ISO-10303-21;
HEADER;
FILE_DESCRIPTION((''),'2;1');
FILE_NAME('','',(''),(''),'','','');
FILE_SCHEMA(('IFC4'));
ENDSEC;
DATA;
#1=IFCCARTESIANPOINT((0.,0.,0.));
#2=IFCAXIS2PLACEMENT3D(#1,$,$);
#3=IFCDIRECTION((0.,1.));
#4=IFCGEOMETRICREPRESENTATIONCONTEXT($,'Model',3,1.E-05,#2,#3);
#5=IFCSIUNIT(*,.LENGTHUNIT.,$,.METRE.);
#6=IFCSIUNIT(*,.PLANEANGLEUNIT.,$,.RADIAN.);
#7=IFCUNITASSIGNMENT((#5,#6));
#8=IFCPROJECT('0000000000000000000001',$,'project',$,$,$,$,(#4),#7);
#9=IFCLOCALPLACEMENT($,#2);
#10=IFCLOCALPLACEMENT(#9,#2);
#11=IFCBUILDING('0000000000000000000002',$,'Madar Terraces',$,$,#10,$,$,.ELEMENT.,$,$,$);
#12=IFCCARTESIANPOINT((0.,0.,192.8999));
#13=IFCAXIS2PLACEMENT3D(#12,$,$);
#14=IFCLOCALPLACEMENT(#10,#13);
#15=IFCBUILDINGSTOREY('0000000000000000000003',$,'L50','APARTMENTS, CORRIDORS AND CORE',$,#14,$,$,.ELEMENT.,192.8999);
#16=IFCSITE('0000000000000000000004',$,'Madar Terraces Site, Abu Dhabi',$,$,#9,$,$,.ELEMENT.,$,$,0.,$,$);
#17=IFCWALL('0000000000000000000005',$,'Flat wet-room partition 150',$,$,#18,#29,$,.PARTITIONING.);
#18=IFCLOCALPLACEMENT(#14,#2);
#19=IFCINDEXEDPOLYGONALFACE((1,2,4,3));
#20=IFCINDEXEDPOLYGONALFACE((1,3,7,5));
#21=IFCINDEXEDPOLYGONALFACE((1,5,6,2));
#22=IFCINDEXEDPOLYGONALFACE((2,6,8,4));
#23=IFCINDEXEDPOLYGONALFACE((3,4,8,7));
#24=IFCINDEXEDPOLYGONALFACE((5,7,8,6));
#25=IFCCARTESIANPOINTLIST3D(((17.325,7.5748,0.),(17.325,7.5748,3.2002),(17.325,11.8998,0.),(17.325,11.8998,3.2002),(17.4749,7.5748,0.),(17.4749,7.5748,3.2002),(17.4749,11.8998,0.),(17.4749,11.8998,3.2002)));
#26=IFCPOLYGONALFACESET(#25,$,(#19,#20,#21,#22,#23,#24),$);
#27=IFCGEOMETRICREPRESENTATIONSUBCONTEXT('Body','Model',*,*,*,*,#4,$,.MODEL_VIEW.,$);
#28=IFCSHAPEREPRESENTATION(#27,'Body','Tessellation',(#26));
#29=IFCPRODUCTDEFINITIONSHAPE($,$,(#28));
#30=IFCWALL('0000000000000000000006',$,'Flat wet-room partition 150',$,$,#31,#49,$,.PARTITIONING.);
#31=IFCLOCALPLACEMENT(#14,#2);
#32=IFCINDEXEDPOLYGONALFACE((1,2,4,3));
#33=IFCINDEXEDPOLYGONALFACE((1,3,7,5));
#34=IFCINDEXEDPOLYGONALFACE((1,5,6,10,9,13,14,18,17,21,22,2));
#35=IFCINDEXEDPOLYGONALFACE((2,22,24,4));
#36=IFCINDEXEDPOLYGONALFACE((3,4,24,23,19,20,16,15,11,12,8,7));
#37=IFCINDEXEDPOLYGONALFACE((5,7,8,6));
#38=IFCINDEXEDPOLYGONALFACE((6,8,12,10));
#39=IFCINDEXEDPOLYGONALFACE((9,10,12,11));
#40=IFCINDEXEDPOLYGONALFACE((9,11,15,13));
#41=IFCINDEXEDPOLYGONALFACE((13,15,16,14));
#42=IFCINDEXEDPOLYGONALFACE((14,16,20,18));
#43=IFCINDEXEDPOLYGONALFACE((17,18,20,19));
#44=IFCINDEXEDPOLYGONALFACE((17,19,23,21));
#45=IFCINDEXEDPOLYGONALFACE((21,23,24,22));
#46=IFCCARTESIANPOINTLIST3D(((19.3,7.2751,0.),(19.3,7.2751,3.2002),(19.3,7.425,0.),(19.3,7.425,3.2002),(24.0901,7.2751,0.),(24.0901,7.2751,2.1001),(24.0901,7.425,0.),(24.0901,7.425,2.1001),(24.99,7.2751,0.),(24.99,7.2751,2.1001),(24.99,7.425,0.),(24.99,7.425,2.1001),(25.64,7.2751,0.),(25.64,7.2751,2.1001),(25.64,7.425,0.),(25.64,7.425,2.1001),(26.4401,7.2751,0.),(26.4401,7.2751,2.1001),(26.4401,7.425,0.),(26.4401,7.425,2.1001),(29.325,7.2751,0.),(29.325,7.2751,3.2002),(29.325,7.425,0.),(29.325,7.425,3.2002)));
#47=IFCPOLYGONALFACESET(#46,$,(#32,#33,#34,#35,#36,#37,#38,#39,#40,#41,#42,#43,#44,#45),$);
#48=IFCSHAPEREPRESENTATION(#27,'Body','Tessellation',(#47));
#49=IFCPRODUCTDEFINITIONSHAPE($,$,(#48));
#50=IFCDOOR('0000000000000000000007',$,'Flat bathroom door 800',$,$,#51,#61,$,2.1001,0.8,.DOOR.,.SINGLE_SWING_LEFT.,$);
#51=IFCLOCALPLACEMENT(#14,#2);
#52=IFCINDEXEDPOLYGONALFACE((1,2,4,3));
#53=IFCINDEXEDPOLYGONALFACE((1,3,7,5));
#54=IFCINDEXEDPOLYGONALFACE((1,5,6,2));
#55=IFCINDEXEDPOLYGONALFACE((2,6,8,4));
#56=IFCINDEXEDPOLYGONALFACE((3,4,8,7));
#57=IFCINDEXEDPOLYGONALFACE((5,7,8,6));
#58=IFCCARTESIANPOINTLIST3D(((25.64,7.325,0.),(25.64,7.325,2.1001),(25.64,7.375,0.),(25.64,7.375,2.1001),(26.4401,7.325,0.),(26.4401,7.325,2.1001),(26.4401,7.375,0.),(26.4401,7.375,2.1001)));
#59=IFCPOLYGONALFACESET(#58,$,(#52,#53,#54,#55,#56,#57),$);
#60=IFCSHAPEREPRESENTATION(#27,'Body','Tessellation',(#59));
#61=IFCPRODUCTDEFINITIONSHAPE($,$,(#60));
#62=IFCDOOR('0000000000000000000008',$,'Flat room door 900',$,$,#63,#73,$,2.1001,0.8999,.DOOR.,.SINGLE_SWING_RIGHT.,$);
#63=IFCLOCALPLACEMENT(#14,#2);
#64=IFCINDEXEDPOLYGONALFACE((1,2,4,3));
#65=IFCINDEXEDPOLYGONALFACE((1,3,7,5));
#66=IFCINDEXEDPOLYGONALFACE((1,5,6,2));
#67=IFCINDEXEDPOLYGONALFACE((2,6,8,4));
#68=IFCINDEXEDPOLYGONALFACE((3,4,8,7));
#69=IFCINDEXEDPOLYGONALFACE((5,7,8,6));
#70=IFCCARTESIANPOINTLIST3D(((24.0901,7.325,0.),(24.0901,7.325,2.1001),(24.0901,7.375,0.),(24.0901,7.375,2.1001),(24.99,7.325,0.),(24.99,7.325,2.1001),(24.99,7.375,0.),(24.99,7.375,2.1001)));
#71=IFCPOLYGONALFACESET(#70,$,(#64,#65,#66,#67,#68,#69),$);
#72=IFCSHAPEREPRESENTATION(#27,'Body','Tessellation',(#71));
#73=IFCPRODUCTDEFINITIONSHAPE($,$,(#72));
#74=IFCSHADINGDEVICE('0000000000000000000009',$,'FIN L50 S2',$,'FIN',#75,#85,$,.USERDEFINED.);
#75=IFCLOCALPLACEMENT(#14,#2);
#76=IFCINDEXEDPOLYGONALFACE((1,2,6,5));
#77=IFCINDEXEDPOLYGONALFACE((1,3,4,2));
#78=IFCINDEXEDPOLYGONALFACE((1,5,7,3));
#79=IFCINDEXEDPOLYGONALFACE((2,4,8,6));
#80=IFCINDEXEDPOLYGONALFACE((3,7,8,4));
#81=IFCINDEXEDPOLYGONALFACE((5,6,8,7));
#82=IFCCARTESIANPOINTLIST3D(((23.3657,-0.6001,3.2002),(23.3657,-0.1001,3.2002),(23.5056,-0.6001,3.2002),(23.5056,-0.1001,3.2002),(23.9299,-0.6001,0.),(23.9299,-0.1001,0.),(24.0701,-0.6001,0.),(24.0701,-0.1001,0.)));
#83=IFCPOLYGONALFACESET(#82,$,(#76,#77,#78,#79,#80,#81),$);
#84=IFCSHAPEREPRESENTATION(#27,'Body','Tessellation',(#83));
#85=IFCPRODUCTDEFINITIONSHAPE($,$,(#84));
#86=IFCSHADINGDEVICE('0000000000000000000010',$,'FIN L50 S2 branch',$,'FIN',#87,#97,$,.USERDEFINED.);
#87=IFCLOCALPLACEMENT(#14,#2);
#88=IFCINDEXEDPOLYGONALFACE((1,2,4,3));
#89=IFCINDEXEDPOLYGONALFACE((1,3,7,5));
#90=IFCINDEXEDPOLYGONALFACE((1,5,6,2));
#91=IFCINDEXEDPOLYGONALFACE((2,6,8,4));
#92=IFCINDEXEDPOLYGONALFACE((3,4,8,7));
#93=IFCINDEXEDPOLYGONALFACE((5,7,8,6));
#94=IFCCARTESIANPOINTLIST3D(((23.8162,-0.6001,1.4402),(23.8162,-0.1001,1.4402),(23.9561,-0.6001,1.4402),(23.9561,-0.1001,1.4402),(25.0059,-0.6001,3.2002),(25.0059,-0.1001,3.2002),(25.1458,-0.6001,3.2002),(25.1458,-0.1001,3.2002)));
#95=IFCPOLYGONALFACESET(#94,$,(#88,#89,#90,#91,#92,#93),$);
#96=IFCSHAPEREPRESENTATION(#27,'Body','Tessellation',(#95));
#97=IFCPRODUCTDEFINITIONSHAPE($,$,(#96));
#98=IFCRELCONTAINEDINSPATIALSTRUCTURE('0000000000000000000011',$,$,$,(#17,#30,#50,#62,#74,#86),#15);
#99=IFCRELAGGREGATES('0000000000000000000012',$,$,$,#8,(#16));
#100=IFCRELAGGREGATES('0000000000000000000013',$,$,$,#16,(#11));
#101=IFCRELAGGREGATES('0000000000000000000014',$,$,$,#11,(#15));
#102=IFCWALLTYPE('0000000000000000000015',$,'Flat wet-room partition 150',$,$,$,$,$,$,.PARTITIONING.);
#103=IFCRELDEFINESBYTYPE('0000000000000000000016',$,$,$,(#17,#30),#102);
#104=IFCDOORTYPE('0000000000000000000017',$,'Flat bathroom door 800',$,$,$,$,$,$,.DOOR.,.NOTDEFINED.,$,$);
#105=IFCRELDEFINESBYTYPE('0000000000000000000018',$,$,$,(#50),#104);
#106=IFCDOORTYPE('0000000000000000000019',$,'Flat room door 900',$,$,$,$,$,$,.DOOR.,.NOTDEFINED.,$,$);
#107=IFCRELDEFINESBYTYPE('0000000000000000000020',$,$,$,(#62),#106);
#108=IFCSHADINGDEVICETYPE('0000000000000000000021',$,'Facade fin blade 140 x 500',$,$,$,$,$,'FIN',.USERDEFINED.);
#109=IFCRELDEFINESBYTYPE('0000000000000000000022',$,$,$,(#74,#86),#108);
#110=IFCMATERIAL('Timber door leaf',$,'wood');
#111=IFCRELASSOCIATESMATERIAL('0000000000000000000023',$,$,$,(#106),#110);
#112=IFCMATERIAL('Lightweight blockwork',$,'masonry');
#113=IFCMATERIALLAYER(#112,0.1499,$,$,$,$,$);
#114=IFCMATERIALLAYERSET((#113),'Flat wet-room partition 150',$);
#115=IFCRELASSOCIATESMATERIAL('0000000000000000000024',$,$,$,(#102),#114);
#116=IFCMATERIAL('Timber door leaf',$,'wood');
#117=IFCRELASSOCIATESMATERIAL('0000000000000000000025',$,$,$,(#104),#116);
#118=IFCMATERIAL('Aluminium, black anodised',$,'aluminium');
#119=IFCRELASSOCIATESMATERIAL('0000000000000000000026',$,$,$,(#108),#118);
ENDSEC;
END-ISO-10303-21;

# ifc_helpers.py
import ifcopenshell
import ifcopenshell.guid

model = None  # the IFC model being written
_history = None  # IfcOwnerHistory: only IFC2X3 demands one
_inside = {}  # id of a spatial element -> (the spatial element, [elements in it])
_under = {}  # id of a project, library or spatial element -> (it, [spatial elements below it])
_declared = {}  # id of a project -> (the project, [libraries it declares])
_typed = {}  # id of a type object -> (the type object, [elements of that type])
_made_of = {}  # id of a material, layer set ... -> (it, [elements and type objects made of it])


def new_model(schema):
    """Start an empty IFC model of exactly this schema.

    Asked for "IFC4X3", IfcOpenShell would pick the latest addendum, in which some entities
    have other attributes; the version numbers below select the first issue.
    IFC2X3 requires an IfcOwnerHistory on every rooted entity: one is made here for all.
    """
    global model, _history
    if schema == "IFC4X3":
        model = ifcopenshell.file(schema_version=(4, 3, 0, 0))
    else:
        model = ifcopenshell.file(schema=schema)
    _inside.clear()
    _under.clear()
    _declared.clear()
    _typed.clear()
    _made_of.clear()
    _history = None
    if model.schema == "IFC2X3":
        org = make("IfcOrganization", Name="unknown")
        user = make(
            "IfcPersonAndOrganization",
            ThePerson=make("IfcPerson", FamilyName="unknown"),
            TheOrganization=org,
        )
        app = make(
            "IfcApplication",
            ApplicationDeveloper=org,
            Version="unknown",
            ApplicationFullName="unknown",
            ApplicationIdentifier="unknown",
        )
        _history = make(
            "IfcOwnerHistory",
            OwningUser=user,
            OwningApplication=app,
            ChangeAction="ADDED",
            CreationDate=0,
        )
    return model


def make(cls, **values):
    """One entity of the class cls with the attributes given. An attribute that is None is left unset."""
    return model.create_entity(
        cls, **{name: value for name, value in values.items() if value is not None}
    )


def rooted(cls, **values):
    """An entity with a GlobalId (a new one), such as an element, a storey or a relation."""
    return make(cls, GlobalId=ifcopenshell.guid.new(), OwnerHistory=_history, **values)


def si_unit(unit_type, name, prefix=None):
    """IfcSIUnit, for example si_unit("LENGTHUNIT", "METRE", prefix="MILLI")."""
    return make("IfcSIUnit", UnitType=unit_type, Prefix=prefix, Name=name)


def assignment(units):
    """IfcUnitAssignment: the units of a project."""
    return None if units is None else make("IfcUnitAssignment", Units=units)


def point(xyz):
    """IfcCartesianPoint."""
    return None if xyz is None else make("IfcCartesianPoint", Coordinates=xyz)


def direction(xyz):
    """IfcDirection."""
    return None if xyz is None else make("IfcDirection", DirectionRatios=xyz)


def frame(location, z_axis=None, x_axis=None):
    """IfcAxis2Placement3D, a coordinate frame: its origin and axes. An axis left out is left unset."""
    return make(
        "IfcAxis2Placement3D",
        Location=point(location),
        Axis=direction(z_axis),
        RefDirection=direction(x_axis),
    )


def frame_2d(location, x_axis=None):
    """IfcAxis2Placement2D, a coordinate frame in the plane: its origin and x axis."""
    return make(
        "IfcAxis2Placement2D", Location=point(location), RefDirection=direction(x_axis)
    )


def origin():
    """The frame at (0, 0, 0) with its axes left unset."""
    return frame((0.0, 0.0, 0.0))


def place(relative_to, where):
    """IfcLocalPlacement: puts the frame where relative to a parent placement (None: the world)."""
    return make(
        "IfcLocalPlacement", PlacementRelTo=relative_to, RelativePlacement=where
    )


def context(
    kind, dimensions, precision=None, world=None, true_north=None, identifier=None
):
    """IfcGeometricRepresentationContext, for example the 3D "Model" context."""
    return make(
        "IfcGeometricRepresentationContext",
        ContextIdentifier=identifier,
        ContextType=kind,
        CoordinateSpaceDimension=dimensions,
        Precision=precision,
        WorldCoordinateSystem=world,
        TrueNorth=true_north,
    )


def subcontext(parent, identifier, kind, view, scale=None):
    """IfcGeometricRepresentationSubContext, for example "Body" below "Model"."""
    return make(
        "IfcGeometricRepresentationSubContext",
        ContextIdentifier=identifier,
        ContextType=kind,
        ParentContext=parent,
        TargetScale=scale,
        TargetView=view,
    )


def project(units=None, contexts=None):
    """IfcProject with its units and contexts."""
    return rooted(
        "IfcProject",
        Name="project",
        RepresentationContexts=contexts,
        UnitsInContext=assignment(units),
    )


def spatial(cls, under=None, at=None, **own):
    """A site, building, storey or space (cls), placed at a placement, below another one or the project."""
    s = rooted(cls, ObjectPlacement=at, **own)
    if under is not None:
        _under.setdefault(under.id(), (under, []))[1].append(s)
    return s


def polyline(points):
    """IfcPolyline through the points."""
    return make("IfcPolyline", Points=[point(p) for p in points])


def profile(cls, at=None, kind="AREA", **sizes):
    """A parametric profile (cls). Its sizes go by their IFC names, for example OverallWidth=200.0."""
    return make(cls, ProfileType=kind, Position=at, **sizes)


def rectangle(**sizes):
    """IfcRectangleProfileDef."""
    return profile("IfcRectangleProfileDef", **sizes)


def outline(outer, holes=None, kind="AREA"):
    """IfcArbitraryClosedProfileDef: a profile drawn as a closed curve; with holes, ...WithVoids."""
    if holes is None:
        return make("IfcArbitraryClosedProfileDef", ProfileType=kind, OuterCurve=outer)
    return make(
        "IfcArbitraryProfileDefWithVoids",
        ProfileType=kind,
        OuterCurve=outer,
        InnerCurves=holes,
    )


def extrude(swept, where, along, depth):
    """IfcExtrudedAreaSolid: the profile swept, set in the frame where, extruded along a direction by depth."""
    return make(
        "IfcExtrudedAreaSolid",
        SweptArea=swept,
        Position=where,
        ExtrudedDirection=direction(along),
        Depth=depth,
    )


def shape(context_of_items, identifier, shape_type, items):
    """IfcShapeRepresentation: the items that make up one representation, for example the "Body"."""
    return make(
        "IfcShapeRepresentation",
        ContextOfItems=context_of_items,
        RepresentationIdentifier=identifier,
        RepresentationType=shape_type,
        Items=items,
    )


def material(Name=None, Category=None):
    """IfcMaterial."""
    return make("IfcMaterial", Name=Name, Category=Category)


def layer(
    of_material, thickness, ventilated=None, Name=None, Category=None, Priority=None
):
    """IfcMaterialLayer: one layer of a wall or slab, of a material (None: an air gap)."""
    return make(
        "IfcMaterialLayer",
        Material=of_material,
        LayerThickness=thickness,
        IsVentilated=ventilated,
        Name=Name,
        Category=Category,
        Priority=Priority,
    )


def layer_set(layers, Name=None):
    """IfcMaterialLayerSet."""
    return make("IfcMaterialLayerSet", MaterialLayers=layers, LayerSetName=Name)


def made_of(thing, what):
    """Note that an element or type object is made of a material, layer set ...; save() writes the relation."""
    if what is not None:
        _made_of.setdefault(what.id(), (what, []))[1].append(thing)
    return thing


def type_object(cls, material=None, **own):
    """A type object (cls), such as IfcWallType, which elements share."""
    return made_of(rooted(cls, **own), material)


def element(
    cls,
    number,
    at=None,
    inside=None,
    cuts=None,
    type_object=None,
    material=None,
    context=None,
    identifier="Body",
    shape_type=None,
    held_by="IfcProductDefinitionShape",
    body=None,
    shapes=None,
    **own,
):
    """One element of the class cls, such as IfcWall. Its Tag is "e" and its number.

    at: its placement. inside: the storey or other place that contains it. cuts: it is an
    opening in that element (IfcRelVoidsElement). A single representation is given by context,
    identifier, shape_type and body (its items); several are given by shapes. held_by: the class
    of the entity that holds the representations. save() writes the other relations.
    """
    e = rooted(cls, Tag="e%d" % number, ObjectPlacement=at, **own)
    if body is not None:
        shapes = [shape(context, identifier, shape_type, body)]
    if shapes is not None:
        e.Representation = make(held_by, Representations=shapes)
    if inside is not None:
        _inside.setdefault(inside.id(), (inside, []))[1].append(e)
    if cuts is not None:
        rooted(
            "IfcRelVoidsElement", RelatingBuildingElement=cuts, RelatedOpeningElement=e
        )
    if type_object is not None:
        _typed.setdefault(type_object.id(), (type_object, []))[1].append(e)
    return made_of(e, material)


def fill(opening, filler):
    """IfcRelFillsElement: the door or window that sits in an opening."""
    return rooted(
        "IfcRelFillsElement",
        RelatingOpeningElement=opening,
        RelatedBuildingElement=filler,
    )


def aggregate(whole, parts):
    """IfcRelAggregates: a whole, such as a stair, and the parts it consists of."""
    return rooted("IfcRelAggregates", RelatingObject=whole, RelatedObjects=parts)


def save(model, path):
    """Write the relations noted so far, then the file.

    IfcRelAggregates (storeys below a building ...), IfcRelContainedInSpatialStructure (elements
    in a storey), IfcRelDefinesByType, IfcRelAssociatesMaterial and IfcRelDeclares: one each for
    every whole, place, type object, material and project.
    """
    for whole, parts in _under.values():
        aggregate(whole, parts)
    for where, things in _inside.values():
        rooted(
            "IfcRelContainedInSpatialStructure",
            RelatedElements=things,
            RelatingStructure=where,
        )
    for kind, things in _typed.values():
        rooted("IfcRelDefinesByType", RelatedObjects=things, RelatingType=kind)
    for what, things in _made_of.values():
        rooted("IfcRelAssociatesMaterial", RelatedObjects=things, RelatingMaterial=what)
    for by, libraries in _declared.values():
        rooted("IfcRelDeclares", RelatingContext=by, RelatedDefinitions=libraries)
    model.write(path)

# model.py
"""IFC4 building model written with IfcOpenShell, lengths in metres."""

from ifc_helpers import new_model, si_unit, direction, frame, frame_2d, origin, place, context, subcontext, project, spatial, polyline, rectangle, outline, extrude, material, layer, layer_set, type_object, element, fill, save


model = new_model("IFC4")

# Units and contexts
model_context = context("Model", 3, precision=1e-05, world=origin(), true_north=direction((0.0, 1.0)))
body_context = subcontext(model_context, "Body", "Model", "MODEL_VIEW")
ifc_project = project(units=[si_unit("LENGTHUNIT", "METRE"), si_unit("PLANEANGLEUNIT", "RADIAN")], contexts=[model_context])

# Site, building, storey
site_placement = place(None, origin())
site = spatial("IfcSite", under=ifc_project, at=site_placement, Name="Madar Terraces Site, Abu Dhabi", CompositionType="ELEMENT", RefElevation=0.0)
building_placement = place(site_placement, origin())
building = spatial("IfcBuilding", under=site, at=building_placement, Name="Madar Terraces", CompositionType="ELEMENT")
storey_placement = place(building_placement, frame((0.0, 0.0, 192.8999)))
storey = spatial("IfcBuildingStorey", under=building, at=storey_placement, Name="L50", Description="APARTMENTS, CORRIDORS AND CORE", CompositionType="ELEMENT", Elevation=192.8999)

# Shared definitions
ifc_material_1 = material(Name="Timber door leaf", Category="wood")
door_type_1 = type_object("IfcDoorType", Name="Flat room door 900", OperationType="NOTDEFINED", PredefinedType="DOOR", material=ifc_material_1)

# Wall
ifc_material_2 = material(Name="Lightweight blockwork", Category="masonry")
ifc_layer_1 = layer(ifc_material_2, 0.1499)
ifc_layer_set_1 = layer_set([ifc_layer_1], Name="Flat wet-room partition 150")
wall_type_1 = type_object("IfcWallType", Name="Flat wet-room partition 150", PredefinedType="PARTITIONING", material=ifc_layer_set_1)
wall_1_placement = place(storey_placement, frame((17.3999, 11.8999, 0.0), z_axis=(0.0, 0.0, 1.0), x_axis=(0.0, -1.0, 0.0)))
element("IfcWall", 1, at=wall_1_placement, inside=storey, type_object=wall_type_1, Name="Flat wet-room partition 150", PredefinedType="PARTITIONING", context=body_context, shape_type="SweptSolid", body=[
    extrude(rectangle(XDim=4.325, YDim=0.1499, at=frame_2d((2.1626, 0.0))), origin(), (0.0, 0.0, 1.0), 3.2002),
])

# Wall, openings, doors
wall_2_placement = place(storey_placement, frame((19.3, 7.3501, 0.0), z_axis=(0.0, 0.0, 1.0), x_axis=(1.0, 0.0, 0.0)))
wall_2 = element("IfcWall", 2, at=wall_2_placement, inside=storey, type_object=wall_type_1, Name="Flat wet-room partition 150", PredefinedType="PARTITIONING", context=body_context, shape_type="SweptSolid", body=[
    extrude(rectangle(XDim=10.0249, YDim=0.1499, at=frame_2d((5.0125, 0.0))), origin(), (0.0, 0.0, 1.0), 3.2002),
])
opening_1_placement = place(wall_2_placement, frame((6.3401, 0.0, 0.0)))
opening_1 = element("IfcOpeningElement", 3, at=opening_1_placement, cuts=wall_2, PredefinedType="OPENING", context=body_context, shape_type="SweptSolid", body=[
    extrude(rectangle(XDim=0.8, YDim=2.1001, at=frame_2d((0.3999, 1.05))), frame((0.0, 0.085, 0.0), z_axis=(0.0, -1.0, 0.0), x_axis=(1.0, 0.0, 0.0)), (0.0, 0.0, 1.0), 0.1699),
])
opening_2_placement = place(wall_2_placement, frame((4.79, 0.0, 0.0)))
opening_2 = element("IfcOpeningElement", 4, at=opening_2_placement, cuts=wall_2, PredefinedType="OPENING", context=body_context, shape_type="SweptSolid", body=[
    extrude(rectangle(XDim=0.8999, YDim=2.1001, at=frame_2d((0.45, 1.05))), frame((0.0, 0.085, 0.0), z_axis=(0.0, -1.0, 0.0), x_axis=(1.0, 0.0, 0.0)), (0.0, 0.0, 1.0), 0.1699),
])
ifc_material_3 = material(Name="Timber door leaf", Category="wood")
door_type_2 = type_object("IfcDoorType", Name="Flat bathroom door 800", OperationType="NOTDEFINED", PredefinedType="DOOR", material=ifc_material_3)
door_1_placement = place(opening_1_placement, origin())
door_1 = element("IfcDoor", 5, at=door_1_placement, inside=storey, type_object=door_type_2, Name="Flat bathroom door 800", OperationType="SINGLE_SWING_LEFT", OverallHeight=2.1001, OverallWidth=0.8, PredefinedType="DOOR", context=body_context, shape_type="SweptSolid", body=[
    extrude(rectangle(XDim=0.8, YDim=2.1001, at=frame_2d((0.3999, 1.05))), frame((0.0, 0.0249, 0.0), z_axis=(0.0, -1.0, 0.0), x_axis=(1.0, 0.0, 0.0)), (0.0, 0.0, 1.0), 0.05),
])
fill(opening_1, door_1)
door_2_placement = place(opening_2_placement, origin())
door_2 = element("IfcDoor", 6, at=door_2_placement, inside=storey, type_object=door_type_1, Name="Flat room door 900", OperationType="SINGLE_SWING_RIGHT", OverallHeight=2.1001, OverallWidth=0.8999, PredefinedType="DOOR", context=body_context, shape_type="SweptSolid", body=[
    extrude(rectangle(XDim=0.8999, YDim=2.1001, at=frame_2d((0.45, 1.05))), frame((0.0, 0.0249, 0.0), z_axis=(0.0, -1.0, 0.0), x_axis=(1.0, 0.0, 0.0)), (0.0, 0.0, 1.0), 0.05),
])
fill(opening_2, door_2)

# Shading devices
ifc_material_4 = material(Name="Aluminium, black anodised", Category="aluminium")
shading_device_type = type_object("IfcShadingDeviceType", Name="Facade fin blade 140 x 500", ElementType="FIN", PredefinedType="USERDEFINED", material=ifc_material_4)
shading_device_1_placement = place(storey_placement, frame((23.9299, -0.3501, 0.0), z_axis=(0.0, 0.0, 1.0), x_axis=(1.0, 0.0, 0.0)))
element("IfcShadingDevice", 7, at=shading_device_1_placement, inside=storey, type_object=shading_device_type, Name="FIN L50 S2", ObjectType="FIN", PredefinedType="USERDEFINED", context=body_context, shape_type="SweptSolid", body=[
    extrude(outline(polyline([(0.0, 0.0), (0.1401, 0.0), (-0.4243, 3.2002), (-0.5642, 3.2002), (0.0, 0.0)])), frame((0.0, 0.25, 0.0), z_axis=(0.0, -1.0, 0.0), x_axis=(1.0, 0.0, 0.0)), (0.0, 0.0, 1.0), 0.5),
])
shading_device_2_placement = place(storey_placement, frame((23.8162, -0.3501, 1.4402), z_axis=(0.0, 0.0, 1.0), x_axis=(1.0, 0.0, 0.0)))
element("IfcShadingDevice", 8, at=shading_device_2_placement, inside=storey, type_object=shading_device_type, Name="FIN L50 S2 branch", ObjectType="FIN", PredefinedType="USERDEFINED", context=body_context, shape_type="SweptSolid", body=[
    extrude(outline(polyline([(0.0, 0.0), (0.1399, 0.0), (1.3296, 1.76), (1.1897, 1.76), (0.0, 0.0)])), frame((0.0, 0.25, 0.0), z_axis=(0.0, -1.0, 0.0), x_axis=(1.0, 0.0, 0.0)), (0.0, 0.0, 1.0), 0.5),
])

save(model, "model.ifc")
